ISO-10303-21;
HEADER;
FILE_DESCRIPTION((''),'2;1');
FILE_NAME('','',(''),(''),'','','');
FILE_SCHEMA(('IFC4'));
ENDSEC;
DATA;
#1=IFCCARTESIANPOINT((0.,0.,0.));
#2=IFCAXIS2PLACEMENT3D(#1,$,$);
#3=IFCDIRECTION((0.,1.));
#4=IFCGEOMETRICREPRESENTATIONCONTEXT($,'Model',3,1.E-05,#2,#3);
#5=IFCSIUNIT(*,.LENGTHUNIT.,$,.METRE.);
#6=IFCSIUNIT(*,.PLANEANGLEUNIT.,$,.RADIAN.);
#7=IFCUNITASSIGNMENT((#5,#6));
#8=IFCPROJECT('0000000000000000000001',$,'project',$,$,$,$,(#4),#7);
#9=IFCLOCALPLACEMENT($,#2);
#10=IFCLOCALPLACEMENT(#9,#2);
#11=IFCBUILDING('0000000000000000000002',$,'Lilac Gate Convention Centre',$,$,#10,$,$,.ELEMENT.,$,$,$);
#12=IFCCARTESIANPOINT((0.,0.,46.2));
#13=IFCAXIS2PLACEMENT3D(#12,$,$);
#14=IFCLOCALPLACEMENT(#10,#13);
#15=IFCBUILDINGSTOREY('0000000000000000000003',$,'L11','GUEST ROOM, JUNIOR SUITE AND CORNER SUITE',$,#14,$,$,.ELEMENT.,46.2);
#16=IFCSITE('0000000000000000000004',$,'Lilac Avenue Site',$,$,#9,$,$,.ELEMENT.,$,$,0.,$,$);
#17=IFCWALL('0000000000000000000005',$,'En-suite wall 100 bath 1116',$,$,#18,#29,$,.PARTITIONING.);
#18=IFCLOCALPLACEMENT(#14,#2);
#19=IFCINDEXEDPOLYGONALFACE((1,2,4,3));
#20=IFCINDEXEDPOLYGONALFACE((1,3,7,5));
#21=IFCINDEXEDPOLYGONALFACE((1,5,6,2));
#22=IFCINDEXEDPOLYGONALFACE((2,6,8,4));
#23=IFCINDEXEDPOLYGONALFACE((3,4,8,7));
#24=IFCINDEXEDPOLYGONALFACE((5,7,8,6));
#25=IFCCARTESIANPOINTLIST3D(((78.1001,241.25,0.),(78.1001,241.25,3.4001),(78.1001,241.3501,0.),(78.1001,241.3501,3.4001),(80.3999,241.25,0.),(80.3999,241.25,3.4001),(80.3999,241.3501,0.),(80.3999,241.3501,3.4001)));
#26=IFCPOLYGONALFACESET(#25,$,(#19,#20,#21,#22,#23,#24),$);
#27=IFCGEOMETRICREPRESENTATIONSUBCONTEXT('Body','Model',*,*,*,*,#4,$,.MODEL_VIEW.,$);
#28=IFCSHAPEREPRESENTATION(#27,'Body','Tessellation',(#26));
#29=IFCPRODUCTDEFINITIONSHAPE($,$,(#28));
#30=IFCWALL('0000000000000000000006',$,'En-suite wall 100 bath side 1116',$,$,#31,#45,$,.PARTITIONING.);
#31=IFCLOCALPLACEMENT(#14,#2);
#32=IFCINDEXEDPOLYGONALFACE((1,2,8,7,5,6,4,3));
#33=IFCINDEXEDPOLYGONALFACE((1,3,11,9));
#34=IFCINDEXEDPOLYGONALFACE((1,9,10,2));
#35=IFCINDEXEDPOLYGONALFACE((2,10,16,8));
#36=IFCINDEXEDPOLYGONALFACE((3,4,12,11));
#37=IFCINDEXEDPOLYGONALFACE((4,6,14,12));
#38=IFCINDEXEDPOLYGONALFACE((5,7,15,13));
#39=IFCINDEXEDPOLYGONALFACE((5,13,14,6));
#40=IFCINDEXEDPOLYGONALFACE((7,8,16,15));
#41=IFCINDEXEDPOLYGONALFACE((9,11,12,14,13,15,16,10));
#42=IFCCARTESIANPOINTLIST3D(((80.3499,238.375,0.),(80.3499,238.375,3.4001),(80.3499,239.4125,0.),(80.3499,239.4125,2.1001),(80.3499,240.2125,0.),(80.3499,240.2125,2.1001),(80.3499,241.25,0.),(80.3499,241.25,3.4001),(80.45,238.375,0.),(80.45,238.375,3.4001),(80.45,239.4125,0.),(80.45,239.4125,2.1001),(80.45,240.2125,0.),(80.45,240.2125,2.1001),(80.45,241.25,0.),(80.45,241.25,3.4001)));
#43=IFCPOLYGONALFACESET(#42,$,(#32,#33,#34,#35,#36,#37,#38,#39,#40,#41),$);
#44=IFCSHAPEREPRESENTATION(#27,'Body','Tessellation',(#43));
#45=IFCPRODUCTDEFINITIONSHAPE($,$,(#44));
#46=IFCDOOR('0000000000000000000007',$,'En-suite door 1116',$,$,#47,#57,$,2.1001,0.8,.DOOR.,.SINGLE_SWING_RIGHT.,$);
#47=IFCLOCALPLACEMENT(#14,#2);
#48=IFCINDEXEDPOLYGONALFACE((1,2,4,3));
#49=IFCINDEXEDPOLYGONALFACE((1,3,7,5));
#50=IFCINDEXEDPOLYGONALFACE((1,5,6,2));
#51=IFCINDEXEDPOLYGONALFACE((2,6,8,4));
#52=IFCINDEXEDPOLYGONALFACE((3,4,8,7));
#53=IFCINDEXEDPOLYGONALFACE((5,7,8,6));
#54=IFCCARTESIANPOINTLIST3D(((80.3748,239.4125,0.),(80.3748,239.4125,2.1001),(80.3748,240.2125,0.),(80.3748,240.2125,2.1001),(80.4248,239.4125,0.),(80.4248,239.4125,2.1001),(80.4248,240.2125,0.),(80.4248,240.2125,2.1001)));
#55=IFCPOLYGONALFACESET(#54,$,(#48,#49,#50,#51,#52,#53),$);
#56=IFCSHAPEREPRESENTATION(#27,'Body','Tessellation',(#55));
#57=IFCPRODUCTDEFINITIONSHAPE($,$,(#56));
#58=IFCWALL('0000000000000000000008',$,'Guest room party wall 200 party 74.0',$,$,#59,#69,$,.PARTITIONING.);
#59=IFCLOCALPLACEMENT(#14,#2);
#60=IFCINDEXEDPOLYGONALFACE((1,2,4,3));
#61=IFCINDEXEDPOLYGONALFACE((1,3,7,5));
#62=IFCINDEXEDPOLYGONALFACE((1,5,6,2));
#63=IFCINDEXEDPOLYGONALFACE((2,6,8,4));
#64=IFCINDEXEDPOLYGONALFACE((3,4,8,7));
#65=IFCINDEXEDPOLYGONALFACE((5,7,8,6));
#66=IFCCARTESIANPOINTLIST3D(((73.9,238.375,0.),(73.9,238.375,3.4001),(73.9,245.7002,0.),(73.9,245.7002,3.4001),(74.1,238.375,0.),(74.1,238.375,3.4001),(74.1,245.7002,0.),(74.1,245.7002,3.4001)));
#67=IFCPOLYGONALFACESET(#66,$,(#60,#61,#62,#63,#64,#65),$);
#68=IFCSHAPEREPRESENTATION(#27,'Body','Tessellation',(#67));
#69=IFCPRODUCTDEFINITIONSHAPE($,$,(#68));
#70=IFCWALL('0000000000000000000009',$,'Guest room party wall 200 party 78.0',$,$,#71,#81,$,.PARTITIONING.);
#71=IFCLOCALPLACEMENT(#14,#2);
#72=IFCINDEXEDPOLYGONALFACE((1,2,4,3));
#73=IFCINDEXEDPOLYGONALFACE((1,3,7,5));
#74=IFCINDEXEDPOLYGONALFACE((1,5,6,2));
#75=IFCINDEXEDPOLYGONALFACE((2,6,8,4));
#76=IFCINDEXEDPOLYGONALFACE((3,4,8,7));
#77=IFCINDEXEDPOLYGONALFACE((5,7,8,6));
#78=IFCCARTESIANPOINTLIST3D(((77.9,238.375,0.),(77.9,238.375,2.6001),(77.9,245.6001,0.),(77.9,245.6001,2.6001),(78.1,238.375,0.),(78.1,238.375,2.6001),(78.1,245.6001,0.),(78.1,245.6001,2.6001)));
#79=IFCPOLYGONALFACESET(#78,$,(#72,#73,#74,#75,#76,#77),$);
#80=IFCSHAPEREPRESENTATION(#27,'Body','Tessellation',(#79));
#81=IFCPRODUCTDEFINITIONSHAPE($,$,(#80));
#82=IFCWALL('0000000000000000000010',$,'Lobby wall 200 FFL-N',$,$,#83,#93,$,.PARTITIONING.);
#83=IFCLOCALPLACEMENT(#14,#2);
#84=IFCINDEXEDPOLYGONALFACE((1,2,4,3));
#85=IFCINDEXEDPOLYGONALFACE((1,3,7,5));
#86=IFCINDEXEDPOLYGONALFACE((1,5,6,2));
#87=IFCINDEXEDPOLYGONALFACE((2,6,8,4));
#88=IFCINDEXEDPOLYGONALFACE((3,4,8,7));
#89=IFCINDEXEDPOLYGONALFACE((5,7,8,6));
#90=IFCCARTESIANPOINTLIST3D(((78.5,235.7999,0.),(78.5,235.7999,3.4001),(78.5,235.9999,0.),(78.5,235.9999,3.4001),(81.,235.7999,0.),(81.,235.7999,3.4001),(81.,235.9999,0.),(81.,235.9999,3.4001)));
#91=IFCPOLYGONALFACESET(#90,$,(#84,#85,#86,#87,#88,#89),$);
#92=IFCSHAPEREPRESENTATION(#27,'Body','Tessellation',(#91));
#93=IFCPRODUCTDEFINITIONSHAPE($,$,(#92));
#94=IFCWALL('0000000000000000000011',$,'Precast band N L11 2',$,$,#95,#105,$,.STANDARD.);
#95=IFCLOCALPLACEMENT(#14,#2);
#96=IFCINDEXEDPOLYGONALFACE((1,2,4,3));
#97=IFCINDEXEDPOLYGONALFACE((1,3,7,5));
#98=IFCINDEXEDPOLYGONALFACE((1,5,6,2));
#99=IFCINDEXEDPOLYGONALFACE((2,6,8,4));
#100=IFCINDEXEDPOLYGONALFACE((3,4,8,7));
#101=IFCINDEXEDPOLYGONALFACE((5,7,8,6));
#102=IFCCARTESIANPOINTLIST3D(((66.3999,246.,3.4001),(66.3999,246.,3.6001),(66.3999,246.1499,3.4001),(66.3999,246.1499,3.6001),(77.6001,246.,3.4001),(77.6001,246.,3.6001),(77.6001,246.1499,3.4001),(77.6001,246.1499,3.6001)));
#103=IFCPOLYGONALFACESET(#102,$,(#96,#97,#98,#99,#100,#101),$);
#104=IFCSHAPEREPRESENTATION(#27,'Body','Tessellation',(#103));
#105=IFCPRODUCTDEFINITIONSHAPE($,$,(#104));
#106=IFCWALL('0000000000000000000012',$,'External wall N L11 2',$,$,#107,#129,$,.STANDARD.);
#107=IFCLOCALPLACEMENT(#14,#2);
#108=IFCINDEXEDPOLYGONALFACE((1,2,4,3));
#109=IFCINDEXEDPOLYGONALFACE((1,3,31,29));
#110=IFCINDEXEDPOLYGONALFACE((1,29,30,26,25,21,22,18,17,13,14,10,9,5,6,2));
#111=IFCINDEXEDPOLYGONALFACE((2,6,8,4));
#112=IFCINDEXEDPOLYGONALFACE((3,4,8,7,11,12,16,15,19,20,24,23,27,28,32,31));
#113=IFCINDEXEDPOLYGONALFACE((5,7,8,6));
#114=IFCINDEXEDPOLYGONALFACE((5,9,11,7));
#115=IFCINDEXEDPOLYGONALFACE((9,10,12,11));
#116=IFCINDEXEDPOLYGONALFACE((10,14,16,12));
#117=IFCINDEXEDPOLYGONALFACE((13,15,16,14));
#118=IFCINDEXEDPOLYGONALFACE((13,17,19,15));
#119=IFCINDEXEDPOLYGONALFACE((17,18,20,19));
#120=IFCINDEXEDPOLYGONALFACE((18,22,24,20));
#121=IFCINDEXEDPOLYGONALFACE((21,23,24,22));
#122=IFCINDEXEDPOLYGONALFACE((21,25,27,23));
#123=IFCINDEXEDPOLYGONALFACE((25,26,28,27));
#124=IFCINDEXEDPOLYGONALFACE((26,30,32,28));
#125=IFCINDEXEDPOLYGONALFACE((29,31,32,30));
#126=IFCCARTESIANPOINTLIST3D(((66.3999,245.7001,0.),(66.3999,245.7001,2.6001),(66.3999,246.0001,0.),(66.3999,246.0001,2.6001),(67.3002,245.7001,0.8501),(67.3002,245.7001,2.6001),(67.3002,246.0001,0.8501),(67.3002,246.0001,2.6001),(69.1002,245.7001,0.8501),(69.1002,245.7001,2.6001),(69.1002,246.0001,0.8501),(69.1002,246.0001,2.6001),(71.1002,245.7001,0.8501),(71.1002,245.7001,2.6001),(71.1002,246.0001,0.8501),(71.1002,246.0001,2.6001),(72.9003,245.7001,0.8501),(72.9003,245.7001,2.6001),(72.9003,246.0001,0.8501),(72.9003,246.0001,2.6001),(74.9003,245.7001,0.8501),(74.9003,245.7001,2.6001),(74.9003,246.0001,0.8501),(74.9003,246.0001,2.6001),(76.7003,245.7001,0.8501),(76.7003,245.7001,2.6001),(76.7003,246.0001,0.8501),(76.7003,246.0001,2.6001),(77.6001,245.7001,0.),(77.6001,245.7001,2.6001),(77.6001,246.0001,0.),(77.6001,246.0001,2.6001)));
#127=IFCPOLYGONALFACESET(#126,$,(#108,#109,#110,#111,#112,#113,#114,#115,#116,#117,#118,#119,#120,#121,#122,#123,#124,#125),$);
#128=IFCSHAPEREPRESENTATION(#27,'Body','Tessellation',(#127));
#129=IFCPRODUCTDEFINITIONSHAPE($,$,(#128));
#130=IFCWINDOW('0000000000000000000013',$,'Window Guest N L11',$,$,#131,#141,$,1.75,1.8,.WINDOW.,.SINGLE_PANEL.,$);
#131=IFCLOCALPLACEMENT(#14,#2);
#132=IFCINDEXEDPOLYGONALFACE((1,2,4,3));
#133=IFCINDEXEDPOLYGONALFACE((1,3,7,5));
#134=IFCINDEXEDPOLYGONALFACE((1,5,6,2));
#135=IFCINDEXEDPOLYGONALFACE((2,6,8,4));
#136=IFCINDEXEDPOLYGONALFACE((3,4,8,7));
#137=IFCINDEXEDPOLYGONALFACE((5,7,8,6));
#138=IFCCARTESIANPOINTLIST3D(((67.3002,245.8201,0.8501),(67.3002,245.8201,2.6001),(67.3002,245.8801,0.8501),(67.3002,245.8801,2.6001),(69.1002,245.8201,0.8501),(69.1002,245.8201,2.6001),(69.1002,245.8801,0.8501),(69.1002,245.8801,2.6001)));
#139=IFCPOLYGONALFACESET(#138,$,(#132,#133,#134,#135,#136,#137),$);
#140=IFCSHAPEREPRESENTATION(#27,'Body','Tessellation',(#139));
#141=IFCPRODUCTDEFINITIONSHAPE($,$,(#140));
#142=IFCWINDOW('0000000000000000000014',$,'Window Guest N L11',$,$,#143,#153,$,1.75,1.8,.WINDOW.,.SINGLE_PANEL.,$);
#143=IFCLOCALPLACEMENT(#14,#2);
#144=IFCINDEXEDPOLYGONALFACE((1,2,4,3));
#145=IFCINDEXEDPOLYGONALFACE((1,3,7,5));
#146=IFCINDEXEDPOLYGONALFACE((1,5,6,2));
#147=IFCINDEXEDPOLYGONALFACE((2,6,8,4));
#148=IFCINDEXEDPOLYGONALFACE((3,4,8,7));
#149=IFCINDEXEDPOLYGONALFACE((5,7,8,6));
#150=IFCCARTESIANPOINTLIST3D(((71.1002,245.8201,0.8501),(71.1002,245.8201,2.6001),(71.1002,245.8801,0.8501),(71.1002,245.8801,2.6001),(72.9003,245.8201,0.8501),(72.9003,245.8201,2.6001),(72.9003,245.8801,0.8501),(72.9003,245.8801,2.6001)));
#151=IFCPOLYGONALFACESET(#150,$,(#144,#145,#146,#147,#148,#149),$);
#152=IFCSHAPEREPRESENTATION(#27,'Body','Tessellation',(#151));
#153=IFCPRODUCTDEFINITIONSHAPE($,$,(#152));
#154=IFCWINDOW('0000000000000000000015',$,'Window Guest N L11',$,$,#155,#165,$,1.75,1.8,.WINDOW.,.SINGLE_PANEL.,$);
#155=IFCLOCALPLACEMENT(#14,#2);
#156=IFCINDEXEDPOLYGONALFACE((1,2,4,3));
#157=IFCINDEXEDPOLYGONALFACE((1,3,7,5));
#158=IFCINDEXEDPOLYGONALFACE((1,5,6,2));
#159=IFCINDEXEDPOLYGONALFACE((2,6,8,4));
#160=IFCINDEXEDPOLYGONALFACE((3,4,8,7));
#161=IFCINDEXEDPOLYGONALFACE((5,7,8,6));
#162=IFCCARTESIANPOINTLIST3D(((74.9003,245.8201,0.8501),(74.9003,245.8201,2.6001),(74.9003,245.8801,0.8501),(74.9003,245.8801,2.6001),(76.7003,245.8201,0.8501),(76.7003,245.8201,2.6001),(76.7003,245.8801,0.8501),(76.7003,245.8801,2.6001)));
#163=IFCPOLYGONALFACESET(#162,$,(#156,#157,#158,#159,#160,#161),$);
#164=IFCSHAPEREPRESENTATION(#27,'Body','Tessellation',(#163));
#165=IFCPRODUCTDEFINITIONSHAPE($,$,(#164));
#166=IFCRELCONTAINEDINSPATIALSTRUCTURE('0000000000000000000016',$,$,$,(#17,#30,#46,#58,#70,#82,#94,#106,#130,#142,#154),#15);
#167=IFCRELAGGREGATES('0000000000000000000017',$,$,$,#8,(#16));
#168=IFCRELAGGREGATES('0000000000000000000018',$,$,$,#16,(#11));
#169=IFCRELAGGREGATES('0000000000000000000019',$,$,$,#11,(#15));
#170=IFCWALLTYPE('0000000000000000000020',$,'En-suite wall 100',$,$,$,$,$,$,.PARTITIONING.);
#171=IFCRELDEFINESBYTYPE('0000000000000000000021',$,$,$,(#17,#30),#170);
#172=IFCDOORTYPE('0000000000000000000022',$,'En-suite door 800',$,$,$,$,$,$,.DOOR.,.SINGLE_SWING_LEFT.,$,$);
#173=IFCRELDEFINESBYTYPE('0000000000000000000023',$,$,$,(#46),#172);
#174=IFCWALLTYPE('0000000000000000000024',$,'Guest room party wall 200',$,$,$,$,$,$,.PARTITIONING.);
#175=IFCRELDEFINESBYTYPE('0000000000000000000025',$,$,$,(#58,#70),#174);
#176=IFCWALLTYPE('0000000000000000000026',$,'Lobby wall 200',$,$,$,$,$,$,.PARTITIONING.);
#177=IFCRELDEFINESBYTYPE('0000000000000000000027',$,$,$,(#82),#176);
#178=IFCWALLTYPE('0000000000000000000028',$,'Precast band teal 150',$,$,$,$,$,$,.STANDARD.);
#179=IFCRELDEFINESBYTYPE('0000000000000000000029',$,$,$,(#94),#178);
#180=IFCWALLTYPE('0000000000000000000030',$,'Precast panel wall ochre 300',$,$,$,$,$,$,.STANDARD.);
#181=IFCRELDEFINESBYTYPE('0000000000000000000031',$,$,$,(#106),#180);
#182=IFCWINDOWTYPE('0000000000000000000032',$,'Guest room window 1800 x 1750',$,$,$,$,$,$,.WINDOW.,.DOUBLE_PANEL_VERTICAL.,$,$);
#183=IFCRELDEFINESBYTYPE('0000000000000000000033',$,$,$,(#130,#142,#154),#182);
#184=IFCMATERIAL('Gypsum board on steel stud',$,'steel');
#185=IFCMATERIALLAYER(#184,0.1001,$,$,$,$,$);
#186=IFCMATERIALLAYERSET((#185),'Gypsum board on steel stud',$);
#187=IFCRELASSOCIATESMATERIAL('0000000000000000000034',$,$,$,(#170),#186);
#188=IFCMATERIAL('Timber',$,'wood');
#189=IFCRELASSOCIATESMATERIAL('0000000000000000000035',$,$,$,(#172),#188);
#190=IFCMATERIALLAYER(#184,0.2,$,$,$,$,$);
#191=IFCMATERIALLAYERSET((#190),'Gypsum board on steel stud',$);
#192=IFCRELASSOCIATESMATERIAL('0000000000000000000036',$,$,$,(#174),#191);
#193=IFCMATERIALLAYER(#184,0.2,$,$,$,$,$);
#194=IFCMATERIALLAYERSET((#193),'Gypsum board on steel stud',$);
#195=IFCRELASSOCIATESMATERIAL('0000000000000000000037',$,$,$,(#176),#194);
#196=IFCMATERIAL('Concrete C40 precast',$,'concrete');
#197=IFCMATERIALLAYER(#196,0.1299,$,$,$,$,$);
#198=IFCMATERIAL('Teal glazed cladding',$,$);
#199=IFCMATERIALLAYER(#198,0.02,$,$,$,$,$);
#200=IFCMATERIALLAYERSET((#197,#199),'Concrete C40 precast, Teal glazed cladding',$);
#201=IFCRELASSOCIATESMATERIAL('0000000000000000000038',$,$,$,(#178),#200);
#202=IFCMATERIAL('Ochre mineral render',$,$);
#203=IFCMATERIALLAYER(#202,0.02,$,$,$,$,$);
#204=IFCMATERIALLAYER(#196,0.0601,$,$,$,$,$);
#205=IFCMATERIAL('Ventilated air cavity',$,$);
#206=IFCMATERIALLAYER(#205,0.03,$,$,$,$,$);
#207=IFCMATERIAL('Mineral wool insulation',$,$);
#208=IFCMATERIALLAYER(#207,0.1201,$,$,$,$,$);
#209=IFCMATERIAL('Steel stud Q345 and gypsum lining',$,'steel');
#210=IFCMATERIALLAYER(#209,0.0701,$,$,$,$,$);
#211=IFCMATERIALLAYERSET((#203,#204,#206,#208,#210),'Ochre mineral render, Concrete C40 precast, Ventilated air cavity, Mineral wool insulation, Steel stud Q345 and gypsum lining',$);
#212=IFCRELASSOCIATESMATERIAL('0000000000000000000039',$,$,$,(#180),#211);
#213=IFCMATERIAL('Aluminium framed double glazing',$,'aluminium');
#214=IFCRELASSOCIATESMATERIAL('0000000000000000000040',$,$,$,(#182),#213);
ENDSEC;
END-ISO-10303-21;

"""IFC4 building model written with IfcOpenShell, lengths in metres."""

from ifc_helpers import new_model, si_unit, direction, frame, frame_2d, origin, place, context, subcontext, project, spatial, rectangle, extrude, material, layer, layer_set, type_object, element, fill, save


model = new_model("IFC4")

# Units and contexts
model_context = context("Model", 3, precision=1e-05, world=origin(), true_north=direction((0.0, 1.0)))
body_context = subcontext(model_context, "Body", "Model", "MODEL_VIEW")
ifc_project = project(units=[si_unit("LENGTHUNIT", "METRE"), si_unit("PLANEANGLEUNIT", "RADIAN")], contexts=[model_context])

# Site, building, storey
site_placement = place(None, origin())
site = spatial("IfcSite", under=ifc_project, at=site_placement, Name="Lilac Avenue Site", CompositionType="ELEMENT", RefElevation=0.0)
building_placement = place(site_placement, origin())
building = spatial("IfcBuilding", under=site, at=building_placement, Name="Lilac Gate Convention Centre", CompositionType="ELEMENT")
storey_placement = place(building_placement, frame((0.0, 0.0, 46.2)))
storey = spatial("IfcBuildingStorey", under=building, at=storey_placement, Name="L11", Description="GUEST ROOM, JUNIOR SUITE AND CORNER SUITE", CompositionType="ELEMENT", Elevation=46.2)

# Shared definitions
ifc_material_1 = material(Name="Gypsum board on steel stud", Category="steel")
ifc_material_2 = material(Name="Timber", Category="wood")

# Shared definitions
ifc_layer_1 = layer(ifc_material_1, 0.1001)
ifc_layer_set_1 = layer_set([ifc_layer_1], Name="Gypsum board on steel stud")
wall_type_1 = type_object("IfcWallType", Name="En-suite wall 100", PredefinedType="PARTITIONING", material=ifc_layer_set_1)

# Shared definitions
door_type_1 = type_object("IfcDoorType", Name="En-suite door 800", OperationType="SINGLE_SWING_LEFT", PredefinedType="DOOR", material=ifc_material_2)

# Wall
wall_1_placement = place(storey_placement, frame((78.1001, 241.3, 0.0), z_axis=(0.0, 0.0, 1.0), x_axis=(1.0, 0.0, 0.0)))
element("IfcWall", 1, at=wall_1_placement, inside=storey, type_object=wall_type_1, Name="En-suite wall 100 bath 1116", PredefinedType="PARTITIONING", context=body_context, shape_type="SweptSolid", body=[
    extrude(rectangle(XDim=2.2998, YDim=0.1001, at=frame_2d((1.1499, 0.0))), origin(), (0.0, 0.0, 1.0), 3.4001),
])

# Wall, opening, door
wall_2_placement = place(storey_placement, frame((80.3999, 241.25, 0.0), z_axis=(0.0, 0.0, 1.0), x_axis=(0.0, -1.0, 0.0)))
wall_2 = element("IfcWall", 2, at=wall_2_placement, inside=storey, type_object=wall_type_1, Name="En-suite wall 100 bath side 1116", PredefinedType="PARTITIONING", context=body_context, shape_type="SweptSolid", body=[
    extrude(rectangle(XDim=2.875, YDim=0.1001, at=frame_2d((1.4375, 0.0))), origin(), (0.0, 0.0, 1.0), 3.4001),
])
opening_1_placement = place(wall_2_placement, frame((1.0376, 0.0, 0.0)))
opening_1 = element("IfcOpeningElement", 3, at=opening_1_placement, cuts=wall_2, PredefinedType="OPENING", context=body_context, shape_type="SweptSolid", body=[
    extrude(rectangle(XDim=0.8, YDim=2.1001, at=frame_2d((0.3999, 1.05))), frame((0.0, 0.0601, 0.0), z_axis=(0.0, -1.0, 0.0), x_axis=(1.0, 0.0, 0.0)), (0.0, 0.0, 1.0), 0.1201),
])
door_1_placement = place(opening_1_placement, origin())
door_1 = element("IfcDoor", 4, at=door_1_placement, inside=storey, type_object=door_type_1, Name="En-suite door 1116", OperationType="SINGLE_SWING_RIGHT", OverallHeight=2.1001, OverallWidth=0.8, PredefinedType="DOOR", context=body_context, shape_type="SweptSolid", body=[
    extrude(rectangle(XDim=0.8, YDim=2.1001, at=frame_2d((0.3999, 1.05))), frame((0.0, 0.0249, 0.0), z_axis=(0.0, -1.0, 0.0), x_axis=(1.0, 0.0, 0.0)), (0.0, 0.0, 1.0), 0.05),
])
fill(opening_1, door_1)

# Walls
ifc_layer_2 = layer(ifc_material_1, 0.2)
ifc_layer_set_2 = layer_set([ifc_layer_2], Name="Gypsum board on steel stud")
wall_type_2 = type_object("IfcWallType", Name="Guest room party wall 200", PredefinedType="PARTITIONING", material=ifc_layer_set_2)
wall_3_placement = place(storey_placement, frame((74.0, 245.7002, 0.0), z_axis=(0.0, 0.0, 1.0), x_axis=(0.0, -1.0, 0.0)))
element("IfcWall", 5, at=wall_3_placement, inside=storey, type_object=wall_type_2, Name="Guest room party wall 200 party 74.0", PredefinedType="PARTITIONING", context=body_context, shape_type="SweptSolid", body=[
    extrude(rectangle(XDim=7.3252, YDim=0.2, at=frame_2d((3.6626, 0.0))), origin(), (0.0, 0.0, 1.0), 3.4001),
])
wall_4_placement = place(storey_placement, frame((78.0, 245.6001, 0.0), z_axis=(0.0, 0.0, 1.0), x_axis=(0.0, -1.0, 0.0)))
element("IfcWall", 6, at=wall_4_placement, inside=storey, type_object=wall_type_2, Name="Guest room party wall 200 party 78.0", PredefinedType="PARTITIONING", context=body_context, shape_type="SweptSolid", body=[
    extrude(rectangle(XDim=7.2251, YDim=0.2, at=frame_2d((3.6125, 0.0))), origin(), (0.0, 0.0, 1.0), 2.6001),
])
ifc_layer_3 = layer(ifc_material_1, 0.2)
ifc_layer_set_3 = layer_set([ifc_layer_3], Name="Gypsum board on steel stud")
wall_type_3 = type_object("IfcWallType", Name="Lobby wall 200", PredefinedType="PARTITIONING", material=ifc_layer_set_3)
wall_5_placement = place(storey_placement, frame((78.5, 235.8999, 0.0), z_axis=(0.0, 0.0, 1.0), x_axis=(1.0, 0.0, 0.0)))
element("IfcWall", 7, at=wall_5_placement, inside=storey, type_object=wall_type_3, Name="Lobby wall 200 FFL-N", PredefinedType="PARTITIONING", context=body_context, shape_type="SweptSolid", body=[
    extrude(rectangle(XDim=2.5, YDim=0.2, at=frame_2d((1.25, 0.0))), origin(), (0.0, 0.0, 1.0), 3.4001),
])
ifc_material_3 = material(Name="Concrete C40 precast", Category="concrete")
ifc_layer_4 = layer(ifc_material_3, 0.1299)
ifc_material_4 = material(Name="Teal glazed cladding")
ifc_layer_5 = layer(ifc_material_4, 0.02)
ifc_layer_set_4 = layer_set([ifc_layer_4, ifc_layer_5], Name="Concrete C40 precast, Teal glazed cladding")
wall_type_4 = type_object("IfcWallType", Name="Precast band teal 150", PredefinedType="STANDARD", material=ifc_layer_set_4)
wall_6_placement = place(storey_placement, frame((77.6001, 246.075, 3.4001), z_axis=(0.0, 0.0, 1.0), x_axis=(-1.0, 0.0, 0.0)))
element("IfcWall", 8, at=wall_6_placement, inside=storey, type_object=wall_type_4, Name="Precast band N L11 2", PredefinedType="STANDARD", context=body_context, shape_type="SweptSolid", body=[
    extrude(rectangle(XDim=11.2002, YDim=0.1499, at=frame_2d((5.6001, 0.0))), origin(), (0.0, 0.0, 1.0), 0.2),
])

# Wall, openings, windows
ifc_material_5 = material(Name="Ochre mineral render")
ifc_layer_6 = layer(ifc_material_5, 0.02)
ifc_layer_7 = layer(ifc_material_3, 0.0601)
ifc_material_6 = material(Name="Ventilated air cavity")
ifc_layer_8 = layer(ifc_material_6, 0.03)
ifc_material_7 = material(Name="Mineral wool insulation")
ifc_layer_9 = layer(ifc_material_7, 0.1201)
ifc_material_8 = material(Name="Steel stud Q345 and gypsum lining", Category="steel")
ifc_layer_10 = layer(ifc_material_8, 0.0701)
ifc_layer_set_5 = layer_set([ifc_layer_6, ifc_layer_7, ifc_layer_8, ifc_layer_9, ifc_layer_10], Name="Ochre mineral render, Concrete C40 precast, Ventilated air cavity, Mineral wool insulation, Steel stud Q345 and gypsum lining")
wall_type_5 = type_object("IfcWallType", Name="Precast panel wall ochre 300", PredefinedType="STANDARD", material=ifc_layer_set_5)
wall_7_placement = place(storey_placement, frame((77.6001, 245.8501, 0.0), z_axis=(0.0, 0.0, 1.0), x_axis=(-1.0, 0.0, 0.0)))
wall_7 = element("IfcWall", 9, at=wall_7_placement, inside=storey, type_object=wall_type_5, Name="External wall N L11 2", PredefinedType="STANDARD", context=body_context, shape_type="SweptSolid", body=[
    extrude(rectangle(XDim=11.2002, YDim=0.3, at=frame_2d((5.6001, 0.0))), origin(), (0.0, 0.0, 1.0), 2.6001),
])
opening_2_placement = place(wall_7_placement, frame((8.5, 0.0, 0.8501)))
opening_2 = element("IfcOpeningElement", 10, at=opening_2_placement, cuts=wall_7, PredefinedType="OPENING", context=body_context, shape_type="SweptSolid", body=[
    extrude(rectangle(XDim=1.8, YDim=1.75, at=frame_2d((0.8999, 0.875))), frame((0.0, 0.1599, 0.0), z_axis=(0.0, -1.0, 0.0), x_axis=(1.0, 0.0, 0.0)), (0.0, 0.0, 1.0), 0.3201),
])
opening_3_placement = place(wall_7_placement, frame((4.7, 0.0, 0.8501)))
opening_3 = element("IfcOpeningElement", 11, at=opening_3_placement, cuts=wall_7, PredefinedType="OPENING", context=body_context, shape_type="SweptSolid", body=[
    extrude(rectangle(XDim=1.8, YDim=1.75, at=frame_2d((0.8999, 0.875))), frame((0.0, 0.1599, 0.0), z_axis=(0.0, -1.0, 0.0), x_axis=(1.0, 0.0, 0.0)), (0.0, 0.0, 1.0), 0.3201),
])
opening_4_placement = place(wall_7_placement, frame((0.8999, 0.0, 0.8501)))
opening_4 = element("IfcOpeningElement", 12, at=opening_4_placement, cuts=wall_7, PredefinedType="OPENING", context=body_context, shape_type="SweptSolid", body=[
    extrude(rectangle(XDim=1.8, YDim=1.75, at=frame_2d((0.8999, 0.875))), frame((0.0, 0.1599, 0.0), z_axis=(0.0, -1.0, 0.0), x_axis=(1.0, 0.0, 0.0)), (0.0, 0.0, 1.0), 0.3201),
])
ifc_material_9 = material(Name="Aluminium framed double glazing", Category="aluminium")
window_type = type_object("IfcWindowType", Name="Guest room window 1800 x 1750", PartitioningType="DOUBLE_PANEL_VERTICAL", PredefinedType="WINDOW", material=ifc_material_9)
window_1_placement = place(opening_2_placement, origin())
window_1 = element("IfcWindow", 13, at=window_1_placement, inside=storey, type_object=window_type, Name="Window Guest N L11", OverallHeight=1.75, OverallWidth=1.8, PartitioningType="SINGLE_PANEL", PredefinedType="WINDOW", context=body_context, shape_type="SweptSolid", body=[
    extrude(rectangle(XDim=1.8, YDim=1.75, at=frame_2d((0.8999, 0.875))), frame((0.0, 0.03, 0.0), z_axis=(0.0, -1.0, 0.0), x_axis=(1.0, 0.0, 0.0)), (0.0, 0.0, 1.0), 0.0601),
])
fill(opening_2, window_1)
window_2_placement = place(opening_3_placement, origin())
window_2 = element("IfcWindow", 14, at=window_2_placement, inside=storey, type_object=window_type, Name="Window Guest N L11", OverallHeight=1.75, OverallWidth=1.8, PartitioningType="SINGLE_PANEL", PredefinedType="WINDOW", context=body_context, shape_type="SweptSolid", body=[
    extrude(rectangle(XDim=1.8, YDim=1.75, at=frame_2d((0.8999, 0.875))), frame((0.0, 0.03, 0.0), z_axis=(0.0, -1.0, 0.0), x_axis=(1.0, 0.0, 0.0)), (0.0, 0.0, 1.0), 0.0601),
])
fill(opening_3, window_2)
window_3_placement = place(opening_4_placement, origin())
window_3 = element("IfcWindow", 15, at=window_3_placement, inside=storey, type_object=window_type, Name="Window Guest N L11", OverallHeight=1.75, OverallWidth=1.8, PartitioningType="SINGLE_PANEL", PredefinedType="WINDOW", context=body_context, shape_type="SweptSolid", body=[
    extrude(rectangle(XDim=1.8, YDim=1.75, at=frame_2d((0.8999, 0.875))), frame((0.0, 0.03, 0.0), z_axis=(0.0, -1.0, 0.0), x_axis=(1.0, 0.0, 0.0)), (0.0, 0.0, 1.0), 0.0601),
])
fill(opening_4, window_3)

save(model, "model.ifc")
